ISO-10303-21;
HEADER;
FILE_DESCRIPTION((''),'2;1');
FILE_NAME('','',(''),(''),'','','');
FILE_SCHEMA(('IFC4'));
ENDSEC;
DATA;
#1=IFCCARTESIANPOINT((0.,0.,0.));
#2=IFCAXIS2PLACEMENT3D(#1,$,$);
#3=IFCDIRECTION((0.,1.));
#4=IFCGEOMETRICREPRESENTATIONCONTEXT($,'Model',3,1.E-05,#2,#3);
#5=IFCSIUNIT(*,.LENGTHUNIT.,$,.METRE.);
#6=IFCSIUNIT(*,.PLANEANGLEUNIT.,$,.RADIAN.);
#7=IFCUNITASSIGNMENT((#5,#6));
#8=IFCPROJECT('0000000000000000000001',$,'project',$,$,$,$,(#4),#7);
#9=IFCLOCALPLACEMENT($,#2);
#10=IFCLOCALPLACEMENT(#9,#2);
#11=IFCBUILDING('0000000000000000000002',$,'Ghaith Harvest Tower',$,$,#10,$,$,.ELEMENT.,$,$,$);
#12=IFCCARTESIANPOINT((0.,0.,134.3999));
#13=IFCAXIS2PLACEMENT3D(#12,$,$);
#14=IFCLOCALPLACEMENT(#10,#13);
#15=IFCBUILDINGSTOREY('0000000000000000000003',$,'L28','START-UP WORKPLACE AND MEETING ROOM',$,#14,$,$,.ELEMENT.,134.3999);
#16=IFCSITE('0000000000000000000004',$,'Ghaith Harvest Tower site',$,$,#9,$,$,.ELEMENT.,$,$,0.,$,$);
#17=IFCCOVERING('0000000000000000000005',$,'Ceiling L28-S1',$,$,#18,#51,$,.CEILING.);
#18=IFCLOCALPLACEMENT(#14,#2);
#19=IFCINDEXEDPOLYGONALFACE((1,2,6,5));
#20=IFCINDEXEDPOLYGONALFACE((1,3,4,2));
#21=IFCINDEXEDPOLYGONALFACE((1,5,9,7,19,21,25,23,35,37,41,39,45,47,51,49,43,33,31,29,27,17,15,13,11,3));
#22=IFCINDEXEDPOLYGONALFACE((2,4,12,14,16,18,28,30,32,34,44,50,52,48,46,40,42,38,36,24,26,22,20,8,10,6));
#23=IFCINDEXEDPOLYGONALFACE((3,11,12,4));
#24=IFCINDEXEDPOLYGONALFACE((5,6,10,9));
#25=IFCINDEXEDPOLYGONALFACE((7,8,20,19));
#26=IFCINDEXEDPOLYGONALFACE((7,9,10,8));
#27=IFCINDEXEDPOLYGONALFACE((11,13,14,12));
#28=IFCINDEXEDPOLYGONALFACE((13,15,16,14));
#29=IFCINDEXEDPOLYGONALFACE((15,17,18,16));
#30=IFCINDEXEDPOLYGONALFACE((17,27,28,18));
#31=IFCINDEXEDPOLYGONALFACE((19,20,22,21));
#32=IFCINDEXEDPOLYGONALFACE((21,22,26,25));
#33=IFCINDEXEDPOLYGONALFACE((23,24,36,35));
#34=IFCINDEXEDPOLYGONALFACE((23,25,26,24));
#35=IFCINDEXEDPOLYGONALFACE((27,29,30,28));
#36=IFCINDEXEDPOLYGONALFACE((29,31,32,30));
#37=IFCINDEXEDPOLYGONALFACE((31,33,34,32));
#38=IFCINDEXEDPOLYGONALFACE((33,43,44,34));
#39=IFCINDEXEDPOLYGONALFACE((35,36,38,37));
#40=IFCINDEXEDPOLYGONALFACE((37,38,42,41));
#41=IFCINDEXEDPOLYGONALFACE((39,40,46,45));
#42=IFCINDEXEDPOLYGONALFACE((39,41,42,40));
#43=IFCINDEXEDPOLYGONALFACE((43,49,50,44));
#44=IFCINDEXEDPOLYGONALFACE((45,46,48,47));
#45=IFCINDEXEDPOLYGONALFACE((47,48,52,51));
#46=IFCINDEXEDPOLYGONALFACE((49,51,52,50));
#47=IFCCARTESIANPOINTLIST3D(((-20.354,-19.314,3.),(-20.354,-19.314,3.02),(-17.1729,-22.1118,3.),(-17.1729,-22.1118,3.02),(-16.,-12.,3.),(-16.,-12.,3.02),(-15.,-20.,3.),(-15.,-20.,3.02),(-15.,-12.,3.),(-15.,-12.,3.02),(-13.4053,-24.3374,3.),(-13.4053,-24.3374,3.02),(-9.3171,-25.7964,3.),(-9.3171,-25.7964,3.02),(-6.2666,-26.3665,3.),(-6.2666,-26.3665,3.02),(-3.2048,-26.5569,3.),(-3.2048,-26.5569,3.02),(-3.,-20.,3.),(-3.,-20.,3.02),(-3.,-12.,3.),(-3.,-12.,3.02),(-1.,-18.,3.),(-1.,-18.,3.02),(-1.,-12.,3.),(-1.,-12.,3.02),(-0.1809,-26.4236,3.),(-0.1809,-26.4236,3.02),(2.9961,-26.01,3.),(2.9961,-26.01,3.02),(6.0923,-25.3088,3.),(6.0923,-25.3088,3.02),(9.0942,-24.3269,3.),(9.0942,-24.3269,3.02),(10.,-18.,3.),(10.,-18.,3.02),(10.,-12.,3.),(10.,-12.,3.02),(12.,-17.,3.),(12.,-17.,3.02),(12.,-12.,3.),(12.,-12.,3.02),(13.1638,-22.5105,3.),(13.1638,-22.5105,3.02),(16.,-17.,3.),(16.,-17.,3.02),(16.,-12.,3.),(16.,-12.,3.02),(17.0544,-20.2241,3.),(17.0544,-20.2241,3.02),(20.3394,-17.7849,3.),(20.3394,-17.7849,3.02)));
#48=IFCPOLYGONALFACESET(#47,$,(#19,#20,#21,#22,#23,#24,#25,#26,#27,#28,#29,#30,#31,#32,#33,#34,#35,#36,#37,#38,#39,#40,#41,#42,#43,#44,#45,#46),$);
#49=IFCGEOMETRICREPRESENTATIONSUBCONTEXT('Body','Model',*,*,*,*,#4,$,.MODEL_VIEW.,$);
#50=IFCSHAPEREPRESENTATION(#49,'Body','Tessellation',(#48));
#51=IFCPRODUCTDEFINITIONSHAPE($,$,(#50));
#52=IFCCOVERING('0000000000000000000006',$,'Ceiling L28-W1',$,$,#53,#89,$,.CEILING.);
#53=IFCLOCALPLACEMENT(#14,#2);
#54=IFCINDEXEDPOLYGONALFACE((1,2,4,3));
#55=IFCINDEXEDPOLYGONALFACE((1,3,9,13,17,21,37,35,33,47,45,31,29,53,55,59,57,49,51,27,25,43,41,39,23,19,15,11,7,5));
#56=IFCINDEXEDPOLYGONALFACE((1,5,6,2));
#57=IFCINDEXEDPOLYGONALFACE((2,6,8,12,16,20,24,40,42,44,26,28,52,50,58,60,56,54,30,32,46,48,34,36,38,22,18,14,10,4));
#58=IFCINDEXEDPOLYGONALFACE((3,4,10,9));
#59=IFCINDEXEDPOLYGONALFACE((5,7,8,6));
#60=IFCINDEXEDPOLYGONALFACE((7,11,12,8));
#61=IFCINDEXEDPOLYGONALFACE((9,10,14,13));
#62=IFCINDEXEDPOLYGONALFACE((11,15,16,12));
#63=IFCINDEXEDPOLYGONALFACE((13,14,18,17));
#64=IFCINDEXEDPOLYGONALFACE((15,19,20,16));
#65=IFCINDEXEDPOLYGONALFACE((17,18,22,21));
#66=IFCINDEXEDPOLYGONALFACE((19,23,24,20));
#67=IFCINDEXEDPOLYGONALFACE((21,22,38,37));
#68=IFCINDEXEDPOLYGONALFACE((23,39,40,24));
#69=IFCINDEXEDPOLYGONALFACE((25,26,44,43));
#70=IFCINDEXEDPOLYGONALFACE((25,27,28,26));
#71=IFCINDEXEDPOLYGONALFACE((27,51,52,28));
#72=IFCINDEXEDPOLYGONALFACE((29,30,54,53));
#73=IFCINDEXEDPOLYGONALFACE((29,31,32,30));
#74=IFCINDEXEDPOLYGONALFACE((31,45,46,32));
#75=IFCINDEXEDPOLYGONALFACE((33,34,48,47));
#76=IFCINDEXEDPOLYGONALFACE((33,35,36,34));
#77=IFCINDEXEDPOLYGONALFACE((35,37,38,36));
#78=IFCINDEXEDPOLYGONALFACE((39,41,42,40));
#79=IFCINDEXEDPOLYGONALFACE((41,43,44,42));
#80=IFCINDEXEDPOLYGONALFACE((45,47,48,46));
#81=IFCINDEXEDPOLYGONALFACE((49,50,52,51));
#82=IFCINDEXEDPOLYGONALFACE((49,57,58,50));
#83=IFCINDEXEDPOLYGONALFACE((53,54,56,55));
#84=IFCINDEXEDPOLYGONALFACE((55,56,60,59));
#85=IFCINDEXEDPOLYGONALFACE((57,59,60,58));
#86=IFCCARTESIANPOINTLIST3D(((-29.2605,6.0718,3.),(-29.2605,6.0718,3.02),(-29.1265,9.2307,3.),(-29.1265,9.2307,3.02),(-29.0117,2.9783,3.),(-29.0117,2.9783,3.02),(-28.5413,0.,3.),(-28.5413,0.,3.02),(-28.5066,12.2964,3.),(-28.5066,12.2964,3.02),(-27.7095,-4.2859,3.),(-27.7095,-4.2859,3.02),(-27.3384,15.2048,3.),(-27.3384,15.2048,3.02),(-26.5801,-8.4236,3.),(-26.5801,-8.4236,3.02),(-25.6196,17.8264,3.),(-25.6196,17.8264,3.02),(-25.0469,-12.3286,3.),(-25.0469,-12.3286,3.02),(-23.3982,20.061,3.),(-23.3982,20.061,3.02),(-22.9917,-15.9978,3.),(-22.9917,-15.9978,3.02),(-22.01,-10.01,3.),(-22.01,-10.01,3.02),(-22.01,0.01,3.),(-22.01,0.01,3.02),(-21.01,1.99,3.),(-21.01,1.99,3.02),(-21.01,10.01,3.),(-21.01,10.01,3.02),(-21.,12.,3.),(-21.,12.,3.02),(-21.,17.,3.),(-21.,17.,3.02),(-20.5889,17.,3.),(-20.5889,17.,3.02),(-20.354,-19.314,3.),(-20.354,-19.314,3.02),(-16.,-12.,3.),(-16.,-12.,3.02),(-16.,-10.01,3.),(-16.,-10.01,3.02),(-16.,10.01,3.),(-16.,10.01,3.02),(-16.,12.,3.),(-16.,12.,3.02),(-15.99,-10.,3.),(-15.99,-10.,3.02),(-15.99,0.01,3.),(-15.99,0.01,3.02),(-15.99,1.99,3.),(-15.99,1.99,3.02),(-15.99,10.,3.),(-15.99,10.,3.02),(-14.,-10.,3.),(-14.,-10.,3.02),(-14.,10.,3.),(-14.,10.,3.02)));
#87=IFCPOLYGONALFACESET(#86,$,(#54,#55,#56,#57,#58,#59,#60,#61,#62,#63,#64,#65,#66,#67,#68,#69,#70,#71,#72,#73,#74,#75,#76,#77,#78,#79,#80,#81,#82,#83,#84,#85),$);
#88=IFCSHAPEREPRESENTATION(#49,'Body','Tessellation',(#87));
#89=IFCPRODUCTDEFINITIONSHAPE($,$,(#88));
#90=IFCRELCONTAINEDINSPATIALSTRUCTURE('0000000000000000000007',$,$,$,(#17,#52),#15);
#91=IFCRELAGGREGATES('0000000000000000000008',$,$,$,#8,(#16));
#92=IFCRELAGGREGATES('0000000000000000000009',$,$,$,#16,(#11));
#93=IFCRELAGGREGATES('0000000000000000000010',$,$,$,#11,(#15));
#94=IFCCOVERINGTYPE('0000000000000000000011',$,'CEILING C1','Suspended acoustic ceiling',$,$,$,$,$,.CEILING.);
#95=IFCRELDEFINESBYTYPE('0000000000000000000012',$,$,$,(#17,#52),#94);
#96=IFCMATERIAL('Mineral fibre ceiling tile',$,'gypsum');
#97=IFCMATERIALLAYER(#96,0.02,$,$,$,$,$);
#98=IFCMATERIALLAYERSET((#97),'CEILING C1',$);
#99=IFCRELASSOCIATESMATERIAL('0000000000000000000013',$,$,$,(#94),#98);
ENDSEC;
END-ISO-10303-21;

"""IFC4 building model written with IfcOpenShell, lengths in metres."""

from ifc_helpers import new_model, si_unit, direction, frame, origin, place, context, subcontext, project, spatial, polyline, outline, extrude, material, layer, layer_set, type_object, element, save


model = new_model("IFC4")

# Units and contexts
model_context = context("Model", 3, precision=1e-05, world=origin(), true_north=direction((0.0, 1.0)))
body_context = subcontext(model_context, "Body", "Model", "MODEL_VIEW")
ifc_project = project(units=[si_unit("LENGTHUNIT", "METRE"), si_unit("PLANEANGLEUNIT", "RADIAN")], contexts=[model_context])

# Site, building, storey
site_placement = place(None, origin())
site = spatial("IfcSite", under=ifc_project, at=site_placement, Name="Ghaith Harvest Tower site", CompositionType="ELEMENT", RefElevation=0.0)
building_placement = place(site_placement, origin())
building = spatial("IfcBuilding", under=site, at=building_placement, Name="Ghaith Harvest Tower", CompositionType="ELEMENT")
storey_placement = place(building_placement, frame((0.0, 0.0, 134.3999)))
storey = spatial("IfcBuildingStorey", under=building, at=storey_placement, Name="L28", Description="START-UP WORKPLACE AND MEETING ROOM", CompositionType="ELEMENT", Elevation=134.3999)

# Coverings
ifc_material_1 = material(Name="Mineral fibre ceiling tile", Category="gypsum")
ifc_layer_1 = layer(ifc_material_1, 0.02)
ifc_layer_set_1 = layer_set([ifc_layer_1], Name="CEILING C1")
covering_type = type_object("IfcCoveringType", Name="CEILING C1", Description="Suspended acoustic ceiling", PredefinedType="CEILING", material=ifc_layer_set_1)
covering_1_placement = place(storey_placement, frame((0.0, 0.0, 3.0)))
element("IfcCovering", 1, at=covering_1_placement, inside=storey, type_object=covering_type, Name="Ceiling L28-S1", PredefinedType="CEILING", context=body_context, shape_type="SweptSolid", body=[
    extrude(outline(polyline([(17.0544, -20.2241), (13.1638, -22.5105), (9.0942, -24.3269), (6.0923, -25.3088), (2.9961, -26.01), (-0.1809, -26.4236), (-3.2048, -26.5569), (-6.2666, -26.3665), (-9.3171, -25.7964), (-13.4053, -24.3374), (-17.1729, -22.1118), (-20.354, -19.314), (-16.0, -12.0), (-15.0, -12.0), (-15.0, -20.0), (-3.0, -20.0), (-3.0, -12.0), (-1.0, -12.0), (-1.0, -18.0), (10.0, -18.0), (10.0, -12.0), (12.0, -12.0), (12.0, -17.0), (16.0, -17.0), (16.0, -12.0), (20.3394, -17.7849), (17.0544, -20.2241)])), origin(), (0.0, 0.0, 1.0), 0.02),
])
covering_2_placement = place(storey_placement, frame((0.0, 0.0, 3.0)))
element("IfcCovering", 2, at=covering_2_placement, inside=storey, type_object=covering_type, Name="Ceiling L28-W1", PredefinedType="CEILING", context=body_context, shape_type="SweptSolid", body=[
    extrude(outline(polyline([(-29.1265, 9.2307), (-28.5066, 12.2964), (-27.3384, 15.2048), (-25.6196, 17.8264), (-23.3982, 20.061), (-20.5889, 17.0), (-21.0, 17.0), (-21.0, 12.0), (-16.0, 12.0), (-16.0, 10.01), (-21.01, 10.01), (-21.01, 1.99), (-15.99, 1.99), (-15.99, 10.0), (-14.0, 10.0), (-14.0, -10.0), (-15.99, -10.0), (-15.99, 0.01), (-22.01, 0.01), (-22.01, -10.01), (-16.0, -10.01), (-16.0, -12.0), (-20.354, -19.314), (-22.9917, -15.9978), (-25.0469, -12.3286), (-26.5801, -8.4236), (-27.7095, -4.2859), (-28.5413, 0.0), (-29.0117, 2.9783), (-29.2605, 6.0718), (-29.1265, 9.2307)])), origin(), (0.0, 0.0, 1.0), 0.02),
])

save(model, "model.ifc")
